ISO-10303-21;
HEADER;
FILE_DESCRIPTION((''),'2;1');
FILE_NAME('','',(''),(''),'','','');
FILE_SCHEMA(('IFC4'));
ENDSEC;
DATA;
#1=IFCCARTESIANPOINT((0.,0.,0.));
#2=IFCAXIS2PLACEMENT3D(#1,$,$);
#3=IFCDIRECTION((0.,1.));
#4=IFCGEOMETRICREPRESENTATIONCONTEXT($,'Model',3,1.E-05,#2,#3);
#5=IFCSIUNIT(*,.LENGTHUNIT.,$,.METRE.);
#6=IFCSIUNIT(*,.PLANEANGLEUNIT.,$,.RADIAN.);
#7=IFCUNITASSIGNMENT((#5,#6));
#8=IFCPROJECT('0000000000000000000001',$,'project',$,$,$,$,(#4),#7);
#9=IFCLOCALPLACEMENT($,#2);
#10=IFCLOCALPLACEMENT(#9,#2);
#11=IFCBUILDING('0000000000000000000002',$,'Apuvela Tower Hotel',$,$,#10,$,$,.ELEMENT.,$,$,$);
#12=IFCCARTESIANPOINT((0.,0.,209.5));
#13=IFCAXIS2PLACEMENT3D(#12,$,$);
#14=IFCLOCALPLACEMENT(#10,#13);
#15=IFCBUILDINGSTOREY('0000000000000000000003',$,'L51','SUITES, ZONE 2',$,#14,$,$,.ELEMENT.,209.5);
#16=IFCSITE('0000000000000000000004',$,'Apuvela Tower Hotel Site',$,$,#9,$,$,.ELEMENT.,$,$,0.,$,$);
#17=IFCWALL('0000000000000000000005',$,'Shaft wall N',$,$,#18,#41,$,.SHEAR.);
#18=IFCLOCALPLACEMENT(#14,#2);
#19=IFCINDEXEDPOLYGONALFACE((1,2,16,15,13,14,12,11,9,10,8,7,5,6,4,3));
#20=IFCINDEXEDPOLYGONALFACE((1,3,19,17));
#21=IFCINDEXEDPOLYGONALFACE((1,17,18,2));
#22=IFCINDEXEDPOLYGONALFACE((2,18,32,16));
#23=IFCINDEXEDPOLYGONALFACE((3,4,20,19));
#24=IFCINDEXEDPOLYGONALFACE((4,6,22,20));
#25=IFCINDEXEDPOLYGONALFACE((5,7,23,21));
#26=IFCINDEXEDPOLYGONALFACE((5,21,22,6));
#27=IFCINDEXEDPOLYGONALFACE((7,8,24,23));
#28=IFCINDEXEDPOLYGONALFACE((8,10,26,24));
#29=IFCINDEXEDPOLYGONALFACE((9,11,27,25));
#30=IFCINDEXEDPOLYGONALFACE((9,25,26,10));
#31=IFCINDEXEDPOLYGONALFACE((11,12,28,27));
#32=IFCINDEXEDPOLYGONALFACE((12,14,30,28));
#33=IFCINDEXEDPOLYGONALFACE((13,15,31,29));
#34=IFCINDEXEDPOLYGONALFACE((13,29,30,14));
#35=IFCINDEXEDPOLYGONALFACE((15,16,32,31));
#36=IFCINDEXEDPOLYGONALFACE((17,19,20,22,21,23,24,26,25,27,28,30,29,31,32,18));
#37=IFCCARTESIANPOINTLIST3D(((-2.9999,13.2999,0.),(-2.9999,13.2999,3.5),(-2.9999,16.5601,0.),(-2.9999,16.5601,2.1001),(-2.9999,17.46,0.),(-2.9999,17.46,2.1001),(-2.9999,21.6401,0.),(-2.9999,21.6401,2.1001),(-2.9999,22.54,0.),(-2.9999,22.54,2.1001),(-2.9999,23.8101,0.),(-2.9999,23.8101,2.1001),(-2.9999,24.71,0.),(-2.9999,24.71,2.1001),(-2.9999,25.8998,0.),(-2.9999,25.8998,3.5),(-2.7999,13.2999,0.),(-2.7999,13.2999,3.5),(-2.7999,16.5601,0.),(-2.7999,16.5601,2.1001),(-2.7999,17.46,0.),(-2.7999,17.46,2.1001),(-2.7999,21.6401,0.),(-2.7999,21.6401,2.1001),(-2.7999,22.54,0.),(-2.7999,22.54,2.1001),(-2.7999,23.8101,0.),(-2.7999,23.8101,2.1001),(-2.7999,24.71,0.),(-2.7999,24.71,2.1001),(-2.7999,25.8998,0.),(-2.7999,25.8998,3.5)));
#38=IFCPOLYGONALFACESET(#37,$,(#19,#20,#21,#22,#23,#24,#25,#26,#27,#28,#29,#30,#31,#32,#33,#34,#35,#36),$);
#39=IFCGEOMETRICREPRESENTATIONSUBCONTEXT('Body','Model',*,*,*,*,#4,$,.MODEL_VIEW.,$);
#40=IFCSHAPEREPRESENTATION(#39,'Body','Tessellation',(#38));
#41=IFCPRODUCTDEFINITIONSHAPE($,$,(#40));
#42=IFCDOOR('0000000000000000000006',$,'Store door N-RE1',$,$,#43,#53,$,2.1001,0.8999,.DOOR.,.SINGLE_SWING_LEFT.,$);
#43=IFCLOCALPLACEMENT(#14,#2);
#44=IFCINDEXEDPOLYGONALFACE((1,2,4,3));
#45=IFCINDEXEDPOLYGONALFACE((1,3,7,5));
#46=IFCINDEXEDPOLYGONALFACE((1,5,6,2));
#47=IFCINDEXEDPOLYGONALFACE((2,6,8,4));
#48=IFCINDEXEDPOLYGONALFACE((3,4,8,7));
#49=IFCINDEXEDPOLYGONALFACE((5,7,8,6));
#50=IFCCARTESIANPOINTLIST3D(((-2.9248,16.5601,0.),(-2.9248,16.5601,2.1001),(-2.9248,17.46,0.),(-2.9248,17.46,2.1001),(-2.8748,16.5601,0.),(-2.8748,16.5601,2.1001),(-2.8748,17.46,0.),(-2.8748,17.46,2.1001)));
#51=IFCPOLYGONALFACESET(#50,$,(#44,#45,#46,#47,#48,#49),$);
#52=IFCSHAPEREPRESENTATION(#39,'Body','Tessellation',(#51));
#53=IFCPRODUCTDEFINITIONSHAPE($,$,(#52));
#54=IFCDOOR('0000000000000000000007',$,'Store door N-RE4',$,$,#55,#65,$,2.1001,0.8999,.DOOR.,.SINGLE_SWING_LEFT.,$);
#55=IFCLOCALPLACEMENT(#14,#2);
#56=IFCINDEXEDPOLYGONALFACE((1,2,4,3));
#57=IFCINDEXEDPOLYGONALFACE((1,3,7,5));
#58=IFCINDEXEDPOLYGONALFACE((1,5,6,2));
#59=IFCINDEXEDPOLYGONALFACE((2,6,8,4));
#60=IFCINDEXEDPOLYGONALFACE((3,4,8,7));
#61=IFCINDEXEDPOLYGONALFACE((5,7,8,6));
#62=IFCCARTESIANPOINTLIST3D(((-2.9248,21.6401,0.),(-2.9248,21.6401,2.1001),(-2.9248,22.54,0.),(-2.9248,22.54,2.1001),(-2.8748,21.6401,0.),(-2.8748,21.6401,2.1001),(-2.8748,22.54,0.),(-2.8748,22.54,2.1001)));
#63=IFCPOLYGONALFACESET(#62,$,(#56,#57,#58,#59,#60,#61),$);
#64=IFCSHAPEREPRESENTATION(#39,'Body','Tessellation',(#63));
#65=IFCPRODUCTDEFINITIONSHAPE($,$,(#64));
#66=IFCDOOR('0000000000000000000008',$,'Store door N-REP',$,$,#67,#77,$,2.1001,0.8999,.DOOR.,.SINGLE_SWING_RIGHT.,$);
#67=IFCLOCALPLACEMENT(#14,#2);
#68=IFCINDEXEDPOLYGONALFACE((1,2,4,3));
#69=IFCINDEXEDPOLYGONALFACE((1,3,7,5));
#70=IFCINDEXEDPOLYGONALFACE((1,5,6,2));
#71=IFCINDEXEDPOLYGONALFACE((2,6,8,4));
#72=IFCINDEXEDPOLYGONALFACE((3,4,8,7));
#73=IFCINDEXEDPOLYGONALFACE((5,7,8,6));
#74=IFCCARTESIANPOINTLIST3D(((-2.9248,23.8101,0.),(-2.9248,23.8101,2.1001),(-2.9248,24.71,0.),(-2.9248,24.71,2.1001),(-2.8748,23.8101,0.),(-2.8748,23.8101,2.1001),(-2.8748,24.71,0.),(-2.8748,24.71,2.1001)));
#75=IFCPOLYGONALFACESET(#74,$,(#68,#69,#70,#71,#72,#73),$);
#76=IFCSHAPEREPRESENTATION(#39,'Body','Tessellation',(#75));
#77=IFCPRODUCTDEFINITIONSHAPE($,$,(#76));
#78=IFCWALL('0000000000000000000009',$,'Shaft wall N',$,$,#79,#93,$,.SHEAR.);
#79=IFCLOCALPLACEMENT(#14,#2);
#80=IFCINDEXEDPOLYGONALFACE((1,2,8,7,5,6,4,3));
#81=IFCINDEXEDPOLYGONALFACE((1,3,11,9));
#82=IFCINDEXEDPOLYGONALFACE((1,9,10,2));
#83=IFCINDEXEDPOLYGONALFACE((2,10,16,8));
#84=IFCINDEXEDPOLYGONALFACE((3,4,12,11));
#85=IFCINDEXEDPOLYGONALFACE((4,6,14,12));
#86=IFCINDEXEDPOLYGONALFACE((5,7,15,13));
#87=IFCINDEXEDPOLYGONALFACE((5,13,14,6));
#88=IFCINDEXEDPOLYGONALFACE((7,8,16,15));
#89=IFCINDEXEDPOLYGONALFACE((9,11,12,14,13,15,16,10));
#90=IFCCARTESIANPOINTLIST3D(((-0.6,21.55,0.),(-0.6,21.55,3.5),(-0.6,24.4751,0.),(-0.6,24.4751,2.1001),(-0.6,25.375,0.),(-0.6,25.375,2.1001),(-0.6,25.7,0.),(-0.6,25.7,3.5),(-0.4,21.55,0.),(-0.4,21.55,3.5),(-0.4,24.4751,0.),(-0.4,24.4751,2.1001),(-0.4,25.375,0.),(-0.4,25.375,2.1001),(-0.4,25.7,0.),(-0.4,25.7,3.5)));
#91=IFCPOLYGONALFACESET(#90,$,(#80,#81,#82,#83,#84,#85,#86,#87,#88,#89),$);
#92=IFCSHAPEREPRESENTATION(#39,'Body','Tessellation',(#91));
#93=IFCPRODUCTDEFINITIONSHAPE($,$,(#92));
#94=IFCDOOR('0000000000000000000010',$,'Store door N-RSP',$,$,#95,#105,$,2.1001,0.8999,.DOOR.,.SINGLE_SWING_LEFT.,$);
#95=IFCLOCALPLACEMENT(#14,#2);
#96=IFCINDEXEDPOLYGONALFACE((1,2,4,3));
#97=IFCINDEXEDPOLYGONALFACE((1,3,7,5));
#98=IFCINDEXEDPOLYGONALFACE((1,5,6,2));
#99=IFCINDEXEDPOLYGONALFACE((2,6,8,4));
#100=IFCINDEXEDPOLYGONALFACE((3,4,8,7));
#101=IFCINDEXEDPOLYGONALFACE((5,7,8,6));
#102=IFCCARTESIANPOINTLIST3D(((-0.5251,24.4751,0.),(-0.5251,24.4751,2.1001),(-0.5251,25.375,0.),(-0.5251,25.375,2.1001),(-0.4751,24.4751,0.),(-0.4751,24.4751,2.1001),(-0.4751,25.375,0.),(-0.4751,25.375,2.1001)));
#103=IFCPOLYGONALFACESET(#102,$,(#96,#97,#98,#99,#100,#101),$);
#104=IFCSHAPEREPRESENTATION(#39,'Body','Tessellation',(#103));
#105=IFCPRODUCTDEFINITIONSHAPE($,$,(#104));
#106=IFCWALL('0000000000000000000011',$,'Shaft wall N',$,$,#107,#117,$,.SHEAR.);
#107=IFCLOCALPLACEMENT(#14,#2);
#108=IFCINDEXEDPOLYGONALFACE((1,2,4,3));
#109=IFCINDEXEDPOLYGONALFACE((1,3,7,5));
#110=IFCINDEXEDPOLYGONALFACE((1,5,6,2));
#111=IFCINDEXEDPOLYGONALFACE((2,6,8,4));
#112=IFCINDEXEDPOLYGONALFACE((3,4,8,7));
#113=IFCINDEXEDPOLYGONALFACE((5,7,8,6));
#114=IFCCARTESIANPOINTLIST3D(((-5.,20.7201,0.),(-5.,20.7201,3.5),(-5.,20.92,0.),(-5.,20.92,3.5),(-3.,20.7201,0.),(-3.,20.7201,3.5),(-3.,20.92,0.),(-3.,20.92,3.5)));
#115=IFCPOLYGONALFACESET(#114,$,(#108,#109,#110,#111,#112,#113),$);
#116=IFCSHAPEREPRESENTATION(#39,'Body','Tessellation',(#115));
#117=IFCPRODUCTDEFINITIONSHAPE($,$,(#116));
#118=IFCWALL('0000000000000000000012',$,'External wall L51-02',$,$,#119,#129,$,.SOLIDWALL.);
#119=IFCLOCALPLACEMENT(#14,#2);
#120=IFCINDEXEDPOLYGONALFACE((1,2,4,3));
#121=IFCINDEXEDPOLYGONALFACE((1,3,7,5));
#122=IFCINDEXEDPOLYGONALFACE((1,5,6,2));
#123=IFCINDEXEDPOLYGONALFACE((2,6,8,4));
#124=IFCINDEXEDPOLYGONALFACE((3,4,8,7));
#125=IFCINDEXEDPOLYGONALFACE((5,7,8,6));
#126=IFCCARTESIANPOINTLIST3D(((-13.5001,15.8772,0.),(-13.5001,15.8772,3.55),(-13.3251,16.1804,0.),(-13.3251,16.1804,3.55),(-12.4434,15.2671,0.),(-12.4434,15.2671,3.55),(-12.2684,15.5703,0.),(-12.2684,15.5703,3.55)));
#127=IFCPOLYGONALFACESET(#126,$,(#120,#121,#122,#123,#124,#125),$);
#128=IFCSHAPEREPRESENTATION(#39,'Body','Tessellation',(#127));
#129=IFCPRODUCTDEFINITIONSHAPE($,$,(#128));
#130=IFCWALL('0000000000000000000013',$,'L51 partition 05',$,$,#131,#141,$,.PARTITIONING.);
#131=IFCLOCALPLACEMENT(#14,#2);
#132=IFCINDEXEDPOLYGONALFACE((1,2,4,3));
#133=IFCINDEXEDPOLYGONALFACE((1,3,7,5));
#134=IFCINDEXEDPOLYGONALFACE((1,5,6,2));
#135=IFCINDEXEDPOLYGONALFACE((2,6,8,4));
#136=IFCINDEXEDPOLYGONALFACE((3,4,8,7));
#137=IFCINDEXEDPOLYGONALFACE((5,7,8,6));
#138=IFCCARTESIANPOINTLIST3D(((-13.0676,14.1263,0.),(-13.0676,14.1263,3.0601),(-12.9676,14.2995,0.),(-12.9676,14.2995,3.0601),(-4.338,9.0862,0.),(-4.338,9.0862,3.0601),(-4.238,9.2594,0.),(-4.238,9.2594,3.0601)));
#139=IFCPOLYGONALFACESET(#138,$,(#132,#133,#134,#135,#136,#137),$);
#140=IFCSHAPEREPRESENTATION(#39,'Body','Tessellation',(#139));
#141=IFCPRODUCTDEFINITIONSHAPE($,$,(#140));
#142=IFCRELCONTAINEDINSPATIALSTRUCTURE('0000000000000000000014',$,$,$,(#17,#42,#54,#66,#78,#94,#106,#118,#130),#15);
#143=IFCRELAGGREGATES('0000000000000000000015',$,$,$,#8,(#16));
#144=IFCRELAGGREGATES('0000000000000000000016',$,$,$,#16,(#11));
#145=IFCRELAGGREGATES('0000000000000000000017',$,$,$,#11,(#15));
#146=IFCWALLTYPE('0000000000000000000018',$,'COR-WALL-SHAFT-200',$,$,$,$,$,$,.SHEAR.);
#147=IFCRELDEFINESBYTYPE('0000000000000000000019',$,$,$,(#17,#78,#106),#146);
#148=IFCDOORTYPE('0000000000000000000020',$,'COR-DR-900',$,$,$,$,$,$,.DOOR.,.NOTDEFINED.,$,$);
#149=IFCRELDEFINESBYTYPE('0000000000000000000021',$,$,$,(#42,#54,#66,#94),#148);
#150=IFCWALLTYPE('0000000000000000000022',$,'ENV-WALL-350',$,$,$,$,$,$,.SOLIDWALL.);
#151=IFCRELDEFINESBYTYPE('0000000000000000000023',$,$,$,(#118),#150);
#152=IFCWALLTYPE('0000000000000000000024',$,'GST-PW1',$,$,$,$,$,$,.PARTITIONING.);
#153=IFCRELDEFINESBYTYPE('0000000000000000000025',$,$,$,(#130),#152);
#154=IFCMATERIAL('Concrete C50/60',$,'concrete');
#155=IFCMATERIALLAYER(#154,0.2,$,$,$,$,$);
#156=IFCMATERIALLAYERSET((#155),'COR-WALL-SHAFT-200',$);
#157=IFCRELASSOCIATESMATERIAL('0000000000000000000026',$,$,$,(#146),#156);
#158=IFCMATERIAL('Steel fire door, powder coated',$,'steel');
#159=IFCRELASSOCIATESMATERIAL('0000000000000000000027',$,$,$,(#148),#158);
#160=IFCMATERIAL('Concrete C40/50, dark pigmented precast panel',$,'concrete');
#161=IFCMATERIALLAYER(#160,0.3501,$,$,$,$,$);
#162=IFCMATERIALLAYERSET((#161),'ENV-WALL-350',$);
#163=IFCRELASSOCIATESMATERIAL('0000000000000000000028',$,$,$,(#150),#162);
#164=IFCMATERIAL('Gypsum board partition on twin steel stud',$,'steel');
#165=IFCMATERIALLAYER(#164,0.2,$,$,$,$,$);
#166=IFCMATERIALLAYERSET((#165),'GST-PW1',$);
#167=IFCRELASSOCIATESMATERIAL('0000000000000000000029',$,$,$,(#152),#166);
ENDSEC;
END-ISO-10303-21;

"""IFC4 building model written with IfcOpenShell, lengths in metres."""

from ifc_helpers import new_model, si_unit, direction, frame, frame_2d, origin, place, context, subcontext, project, spatial, rectangle, extrude, material, layer, layer_set, type_object, element, fill, save


model = new_model("IFC4")

# Units and contexts
model_context = context("Model", 3, precision=1e-05, world=origin(), true_north=direction((0.0, 1.0)))
body_context = subcontext(model_context, "Body", "Model", "MODEL_VIEW")
ifc_project = project(units=[si_unit("LENGTHUNIT", "METRE"), si_unit("PLANEANGLEUNIT", "RADIAN")], contexts=[model_context])

# Site, building, storey
site_placement = place(None, origin())
site = spatial("IfcSite", under=ifc_project, at=site_placement, Name="Apuvela Tower Hotel Site", CompositionType="ELEMENT", RefElevation=0.0)
building_placement = place(site_placement, origin())
building = spatial("IfcBuilding", under=site, at=building_placement, Name="Apuvela Tower Hotel", CompositionType="ELEMENT")
storey_placement = place(building_placement, frame((0.0, 0.0, 209.5)))
storey = spatial("IfcBuildingStorey", under=building, at=storey_placement, Name="L51", Description="SUITES, ZONE 2", CompositionType="ELEMENT", Elevation=209.5)

# Shared definitions
ifc_material_1 = material(Name="Concrete C50/60", Category="concrete")
ifc_layer_1 = layer(ifc_material_1, 0.2)
ifc_layer_set_1 = layer_set([ifc_layer_1], Name="COR-WALL-SHAFT-200")
wall_type_1 = type_object("IfcWallType", Name="COR-WALL-SHAFT-200", PredefinedType="SHEAR", material=ifc_layer_set_1)

# Wall, openings, doors
wall_1_placement = place(storey_placement, frame((-2.8999, 13.3, 0.0), z_axis=(0.0, 0.0, 1.0), x_axis=(0.0, 1.0, 0.0)))
wall_1 = element("IfcWall", 1, at=wall_1_placement, inside=storey, type_object=wall_type_1, Name="Shaft wall N", PredefinedType="SHEAR", context=body_context, shape_type="SweptSolid", body=[
    extrude(rectangle(XDim=12.5999, YDim=0.2, at=frame_2d((6.2998, 0.0))), origin(), (0.0, 0.0, 1.0), 3.5),
])
opening_1_placement = place(wall_1_placement, frame((3.26, 0.0, 0.0)))
opening_1 = element("IfcOpeningElement", 2, at=opening_1_placement, cuts=wall_1, PredefinedType="OPENING", context=body_context, shape_type="SweptSolid", body=[
    extrude(rectangle(XDim=0.8999, YDim=2.1001, at=frame_2d((0.45, 1.05))), frame((0.0, 0.1099, 0.0), z_axis=(0.0, -1.0, 0.0), x_axis=(1.0, 0.0, 0.0)), (0.0, 0.0, 1.0), 0.22),
])
opening_2_placement = place(wall_1_placement, frame((8.3401, 0.0, 0.0)))
opening_2 = element("IfcOpeningElement", 3, at=opening_2_placement, cuts=wall_1, PredefinedType="OPENING", context=body_context, shape_type="SweptSolid", body=[
    extrude(rectangle(XDim=0.8999, YDim=2.1001, at=frame_2d((0.45, 1.05))), frame((0.0, 0.1099, 0.0), z_axis=(0.0, -1.0, 0.0), x_axis=(1.0, 0.0, 0.0)), (0.0, 0.0, 1.0), 0.22),
])
opening_3_placement = place(wall_1_placement, frame((10.51, 0.0, 0.0)))
opening_3 = element("IfcOpeningElement", 4, at=opening_3_placement, cuts=wall_1, PredefinedType="OPENING", context=body_context, shape_type="SweptSolid", body=[
    extrude(rectangle(XDim=0.8999, YDim=2.1001, at=frame_2d((0.45, 1.05))), frame((0.0, 0.1099, 0.0), z_axis=(0.0, -1.0, 0.0), x_axis=(1.0, 0.0, 0.0)), (0.0, 0.0, 1.0), 0.22),
])
ifc_material_2 = material(Name="Steel fire door, powder coated", Category="steel")
door_type_1 = type_object("IfcDoorType", Name="COR-DR-900", OperationType="NOTDEFINED", PredefinedType="DOOR", material=ifc_material_2)
door_1_placement = place(opening_1_placement, origin())
door_1 = element("IfcDoor", 5, at=door_1_placement, inside=storey, type_object=door_type_1, Name="Store door N-RE1", OperationType="SINGLE_SWING_LEFT", OverallHeight=2.1001, OverallWidth=0.8999, PredefinedType="DOOR", context=body_context, shape_type="SweptSolid", body=[
    extrude(rectangle(XDim=0.8999, YDim=2.1001, at=frame_2d((0.45, 1.05))), frame((0.0, 0.0249, 0.0), z_axis=(0.0, -1.0, 0.0), x_axis=(1.0, 0.0, 0.0)), (0.0, 0.0, 1.0), 0.05),
])
fill(opening_1, door_1)
door_2_placement = place(opening_2_placement, origin())
door_2 = element("IfcDoor", 6, at=door_2_placement, inside=storey, type_object=door_type_1, Name="Store door N-RE4", OperationType="SINGLE_SWING_LEFT", OverallHeight=2.1001, OverallWidth=0.8999, PredefinedType="DOOR", context=body_context, shape_type="SweptSolid", body=[
    extrude(rectangle(XDim=0.8999, YDim=2.1001, at=frame_2d((0.45, 1.05))), frame((0.0, 0.0249, 0.0), z_axis=(0.0, -1.0, 0.0), x_axis=(1.0, 0.0, 0.0)), (0.0, 0.0, 1.0), 0.05),
])
fill(opening_2, door_2)
door_3_placement = place(opening_3_placement, origin())
door_3 = element("IfcDoor", 7, at=door_3_placement, inside=storey, type_object=door_type_1, Name="Store door N-REP", OperationType="SINGLE_SWING_RIGHT", OverallHeight=2.1001, OverallWidth=0.8999, PredefinedType="DOOR", context=body_context, shape_type="SweptSolid", body=[
    extrude(rectangle(XDim=0.8999, YDim=2.1001, at=frame_2d((0.45, 1.05))), frame((0.0, 0.0249, 0.0), z_axis=(0.0, -1.0, 0.0), x_axis=(1.0, 0.0, 0.0)), (0.0, 0.0, 1.0), 0.05),
])
fill(opening_3, door_3)

# Wall, opening, door
wall_2_placement = place(storey_placement, frame((-0.5, 21.55, 0.0), z_axis=(0.0, 0.0, 1.0), x_axis=(0.0, 1.0, 0.0)))
wall_2 = element("IfcWall", 8, at=wall_2_placement, inside=storey, type_object=wall_type_1, Name="Shaft wall N", PredefinedType="SHEAR", context=body_context, shape_type="SweptSolid", body=[
    extrude(rectangle(XDim=4.1499, YDim=0.2, at=frame_2d((2.075, 0.0))), origin(), (0.0, 0.0, 1.0), 3.5),
])
opening_4_placement = place(wall_2_placement, frame((2.925, 0.0, 0.0)))
opening_4 = element("IfcOpeningElement", 9, at=opening_4_placement, cuts=wall_2, PredefinedType="OPENING", context=body_context, shape_type="SweptSolid", body=[
    extrude(rectangle(XDim=0.8999, YDim=2.1001, at=frame_2d((0.45, 1.05))), frame((0.0, 0.1099, 0.0), z_axis=(0.0, -1.0, 0.0), x_axis=(1.0, 0.0, 0.0)), (0.0, 0.0, 1.0), 0.22),
])
door_4_placement = place(opening_4_placement, frame((0.8999, 0.0, 0.0), z_axis=(0.0, 0.0, 1.0), x_axis=(-1.0, 0.0, 0.0)))
door_4 = element("IfcDoor", 10, at=door_4_placement, inside=storey, type_object=door_type_1, Name="Store door N-RSP", OperationType="SINGLE_SWING_LEFT", OverallHeight=2.1001, OverallWidth=0.8999, PredefinedType="DOOR", context=body_context, shape_type="SweptSolid", body=[
    extrude(rectangle(XDim=0.8999, YDim=2.1001, at=frame_2d((0.45, 1.05))), frame((0.0, 0.0249, 0.0), z_axis=(0.0, -1.0, 0.0), x_axis=(1.0, 0.0, 0.0)), (0.0, 0.0, 1.0), 0.05),
])
fill(opening_4, door_4)

# Walls
wall_3_placement = place(storey_placement, frame((-3.0, 20.8201, 0.0), z_axis=(0.0, 0.0, 1.0), x_axis=(-1.0, 0.0, 0.0)))
element("IfcWall", 11, at=wall_3_placement, inside=storey, type_object=wall_type_1, Name="Shaft wall N", PredefinedType="SHEAR", context=body_context, shape_type="SweptSolid", body=[
    extrude(rectangle(XDim=2.0, YDim=0.2, at=frame_2d((1.0, 0.0))), origin(), (0.0, 0.0, 1.0), 3.5),
])
ifc_material_3 = material(Name="Concrete C40/50, dark pigmented precast panel", Category="concrete")
ifc_layer_2 = layer(ifc_material_3, 0.3501)
ifc_layer_set_2 = layer_set([ifc_layer_2], Name="ENV-WALL-350")
wall_type_2 = type_object("IfcWallType", Name="ENV-WALL-350", PredefinedType="SOLIDWALL", material=ifc_layer_set_2)
wall_4_placement = place(storey_placement, frame((-13.4126, 16.0288, 0.0), z_axis=(0.0, 0.0, 1.0), x_axis=(0.866006, -0.500034, 0.0)))
element("IfcWall", 12, at=wall_4_placement, inside=storey, type_object=wall_type_2, Name="External wall L51-02", PredefinedType="SOLIDWALL", context=body_context, shape_type="SweptSolid", body=[
    extrude(rectangle(XDim=1.2202, YDim=0.3501, at=frame_2d((0.6101, 0.0))), origin(), (0.0, 0.0, 1.0), 3.55),
])

# Wall
ifc_material_4 = material(Name="Gypsum board partition on twin steel stud", Category="steel")
ifc_layer_3 = layer(ifc_material_4, 0.2)
ifc_layer_set_3 = layer_set([ifc_layer_3], Name="GST-PW1")
wall_type_3 = type_object("IfcWallType", Name="GST-PW1", PredefinedType="PARTITIONING", material=ifc_layer_set_3)
wall_5_placement = place(storey_placement, frame((-13.0176, 14.2129, 0.0), z_axis=(0.0, 0.0, 1.0), x_axis=(0.866023, -0.500005, 0.0)))
element("IfcWall", 13, at=wall_5_placement, inside=storey, type_object=wall_type_3, Name="L51 partition 05", PredefinedType="PARTITIONING", context=body_context, shape_type="SweptSolid", body=[
    extrude(rectangle(XDim=10.0801, YDim=0.2, at=frame_2d((5.04, 0.0))), origin(), (0.0, 0.0, 1.0), 3.0601),
])

save(model, "model.ifc")
